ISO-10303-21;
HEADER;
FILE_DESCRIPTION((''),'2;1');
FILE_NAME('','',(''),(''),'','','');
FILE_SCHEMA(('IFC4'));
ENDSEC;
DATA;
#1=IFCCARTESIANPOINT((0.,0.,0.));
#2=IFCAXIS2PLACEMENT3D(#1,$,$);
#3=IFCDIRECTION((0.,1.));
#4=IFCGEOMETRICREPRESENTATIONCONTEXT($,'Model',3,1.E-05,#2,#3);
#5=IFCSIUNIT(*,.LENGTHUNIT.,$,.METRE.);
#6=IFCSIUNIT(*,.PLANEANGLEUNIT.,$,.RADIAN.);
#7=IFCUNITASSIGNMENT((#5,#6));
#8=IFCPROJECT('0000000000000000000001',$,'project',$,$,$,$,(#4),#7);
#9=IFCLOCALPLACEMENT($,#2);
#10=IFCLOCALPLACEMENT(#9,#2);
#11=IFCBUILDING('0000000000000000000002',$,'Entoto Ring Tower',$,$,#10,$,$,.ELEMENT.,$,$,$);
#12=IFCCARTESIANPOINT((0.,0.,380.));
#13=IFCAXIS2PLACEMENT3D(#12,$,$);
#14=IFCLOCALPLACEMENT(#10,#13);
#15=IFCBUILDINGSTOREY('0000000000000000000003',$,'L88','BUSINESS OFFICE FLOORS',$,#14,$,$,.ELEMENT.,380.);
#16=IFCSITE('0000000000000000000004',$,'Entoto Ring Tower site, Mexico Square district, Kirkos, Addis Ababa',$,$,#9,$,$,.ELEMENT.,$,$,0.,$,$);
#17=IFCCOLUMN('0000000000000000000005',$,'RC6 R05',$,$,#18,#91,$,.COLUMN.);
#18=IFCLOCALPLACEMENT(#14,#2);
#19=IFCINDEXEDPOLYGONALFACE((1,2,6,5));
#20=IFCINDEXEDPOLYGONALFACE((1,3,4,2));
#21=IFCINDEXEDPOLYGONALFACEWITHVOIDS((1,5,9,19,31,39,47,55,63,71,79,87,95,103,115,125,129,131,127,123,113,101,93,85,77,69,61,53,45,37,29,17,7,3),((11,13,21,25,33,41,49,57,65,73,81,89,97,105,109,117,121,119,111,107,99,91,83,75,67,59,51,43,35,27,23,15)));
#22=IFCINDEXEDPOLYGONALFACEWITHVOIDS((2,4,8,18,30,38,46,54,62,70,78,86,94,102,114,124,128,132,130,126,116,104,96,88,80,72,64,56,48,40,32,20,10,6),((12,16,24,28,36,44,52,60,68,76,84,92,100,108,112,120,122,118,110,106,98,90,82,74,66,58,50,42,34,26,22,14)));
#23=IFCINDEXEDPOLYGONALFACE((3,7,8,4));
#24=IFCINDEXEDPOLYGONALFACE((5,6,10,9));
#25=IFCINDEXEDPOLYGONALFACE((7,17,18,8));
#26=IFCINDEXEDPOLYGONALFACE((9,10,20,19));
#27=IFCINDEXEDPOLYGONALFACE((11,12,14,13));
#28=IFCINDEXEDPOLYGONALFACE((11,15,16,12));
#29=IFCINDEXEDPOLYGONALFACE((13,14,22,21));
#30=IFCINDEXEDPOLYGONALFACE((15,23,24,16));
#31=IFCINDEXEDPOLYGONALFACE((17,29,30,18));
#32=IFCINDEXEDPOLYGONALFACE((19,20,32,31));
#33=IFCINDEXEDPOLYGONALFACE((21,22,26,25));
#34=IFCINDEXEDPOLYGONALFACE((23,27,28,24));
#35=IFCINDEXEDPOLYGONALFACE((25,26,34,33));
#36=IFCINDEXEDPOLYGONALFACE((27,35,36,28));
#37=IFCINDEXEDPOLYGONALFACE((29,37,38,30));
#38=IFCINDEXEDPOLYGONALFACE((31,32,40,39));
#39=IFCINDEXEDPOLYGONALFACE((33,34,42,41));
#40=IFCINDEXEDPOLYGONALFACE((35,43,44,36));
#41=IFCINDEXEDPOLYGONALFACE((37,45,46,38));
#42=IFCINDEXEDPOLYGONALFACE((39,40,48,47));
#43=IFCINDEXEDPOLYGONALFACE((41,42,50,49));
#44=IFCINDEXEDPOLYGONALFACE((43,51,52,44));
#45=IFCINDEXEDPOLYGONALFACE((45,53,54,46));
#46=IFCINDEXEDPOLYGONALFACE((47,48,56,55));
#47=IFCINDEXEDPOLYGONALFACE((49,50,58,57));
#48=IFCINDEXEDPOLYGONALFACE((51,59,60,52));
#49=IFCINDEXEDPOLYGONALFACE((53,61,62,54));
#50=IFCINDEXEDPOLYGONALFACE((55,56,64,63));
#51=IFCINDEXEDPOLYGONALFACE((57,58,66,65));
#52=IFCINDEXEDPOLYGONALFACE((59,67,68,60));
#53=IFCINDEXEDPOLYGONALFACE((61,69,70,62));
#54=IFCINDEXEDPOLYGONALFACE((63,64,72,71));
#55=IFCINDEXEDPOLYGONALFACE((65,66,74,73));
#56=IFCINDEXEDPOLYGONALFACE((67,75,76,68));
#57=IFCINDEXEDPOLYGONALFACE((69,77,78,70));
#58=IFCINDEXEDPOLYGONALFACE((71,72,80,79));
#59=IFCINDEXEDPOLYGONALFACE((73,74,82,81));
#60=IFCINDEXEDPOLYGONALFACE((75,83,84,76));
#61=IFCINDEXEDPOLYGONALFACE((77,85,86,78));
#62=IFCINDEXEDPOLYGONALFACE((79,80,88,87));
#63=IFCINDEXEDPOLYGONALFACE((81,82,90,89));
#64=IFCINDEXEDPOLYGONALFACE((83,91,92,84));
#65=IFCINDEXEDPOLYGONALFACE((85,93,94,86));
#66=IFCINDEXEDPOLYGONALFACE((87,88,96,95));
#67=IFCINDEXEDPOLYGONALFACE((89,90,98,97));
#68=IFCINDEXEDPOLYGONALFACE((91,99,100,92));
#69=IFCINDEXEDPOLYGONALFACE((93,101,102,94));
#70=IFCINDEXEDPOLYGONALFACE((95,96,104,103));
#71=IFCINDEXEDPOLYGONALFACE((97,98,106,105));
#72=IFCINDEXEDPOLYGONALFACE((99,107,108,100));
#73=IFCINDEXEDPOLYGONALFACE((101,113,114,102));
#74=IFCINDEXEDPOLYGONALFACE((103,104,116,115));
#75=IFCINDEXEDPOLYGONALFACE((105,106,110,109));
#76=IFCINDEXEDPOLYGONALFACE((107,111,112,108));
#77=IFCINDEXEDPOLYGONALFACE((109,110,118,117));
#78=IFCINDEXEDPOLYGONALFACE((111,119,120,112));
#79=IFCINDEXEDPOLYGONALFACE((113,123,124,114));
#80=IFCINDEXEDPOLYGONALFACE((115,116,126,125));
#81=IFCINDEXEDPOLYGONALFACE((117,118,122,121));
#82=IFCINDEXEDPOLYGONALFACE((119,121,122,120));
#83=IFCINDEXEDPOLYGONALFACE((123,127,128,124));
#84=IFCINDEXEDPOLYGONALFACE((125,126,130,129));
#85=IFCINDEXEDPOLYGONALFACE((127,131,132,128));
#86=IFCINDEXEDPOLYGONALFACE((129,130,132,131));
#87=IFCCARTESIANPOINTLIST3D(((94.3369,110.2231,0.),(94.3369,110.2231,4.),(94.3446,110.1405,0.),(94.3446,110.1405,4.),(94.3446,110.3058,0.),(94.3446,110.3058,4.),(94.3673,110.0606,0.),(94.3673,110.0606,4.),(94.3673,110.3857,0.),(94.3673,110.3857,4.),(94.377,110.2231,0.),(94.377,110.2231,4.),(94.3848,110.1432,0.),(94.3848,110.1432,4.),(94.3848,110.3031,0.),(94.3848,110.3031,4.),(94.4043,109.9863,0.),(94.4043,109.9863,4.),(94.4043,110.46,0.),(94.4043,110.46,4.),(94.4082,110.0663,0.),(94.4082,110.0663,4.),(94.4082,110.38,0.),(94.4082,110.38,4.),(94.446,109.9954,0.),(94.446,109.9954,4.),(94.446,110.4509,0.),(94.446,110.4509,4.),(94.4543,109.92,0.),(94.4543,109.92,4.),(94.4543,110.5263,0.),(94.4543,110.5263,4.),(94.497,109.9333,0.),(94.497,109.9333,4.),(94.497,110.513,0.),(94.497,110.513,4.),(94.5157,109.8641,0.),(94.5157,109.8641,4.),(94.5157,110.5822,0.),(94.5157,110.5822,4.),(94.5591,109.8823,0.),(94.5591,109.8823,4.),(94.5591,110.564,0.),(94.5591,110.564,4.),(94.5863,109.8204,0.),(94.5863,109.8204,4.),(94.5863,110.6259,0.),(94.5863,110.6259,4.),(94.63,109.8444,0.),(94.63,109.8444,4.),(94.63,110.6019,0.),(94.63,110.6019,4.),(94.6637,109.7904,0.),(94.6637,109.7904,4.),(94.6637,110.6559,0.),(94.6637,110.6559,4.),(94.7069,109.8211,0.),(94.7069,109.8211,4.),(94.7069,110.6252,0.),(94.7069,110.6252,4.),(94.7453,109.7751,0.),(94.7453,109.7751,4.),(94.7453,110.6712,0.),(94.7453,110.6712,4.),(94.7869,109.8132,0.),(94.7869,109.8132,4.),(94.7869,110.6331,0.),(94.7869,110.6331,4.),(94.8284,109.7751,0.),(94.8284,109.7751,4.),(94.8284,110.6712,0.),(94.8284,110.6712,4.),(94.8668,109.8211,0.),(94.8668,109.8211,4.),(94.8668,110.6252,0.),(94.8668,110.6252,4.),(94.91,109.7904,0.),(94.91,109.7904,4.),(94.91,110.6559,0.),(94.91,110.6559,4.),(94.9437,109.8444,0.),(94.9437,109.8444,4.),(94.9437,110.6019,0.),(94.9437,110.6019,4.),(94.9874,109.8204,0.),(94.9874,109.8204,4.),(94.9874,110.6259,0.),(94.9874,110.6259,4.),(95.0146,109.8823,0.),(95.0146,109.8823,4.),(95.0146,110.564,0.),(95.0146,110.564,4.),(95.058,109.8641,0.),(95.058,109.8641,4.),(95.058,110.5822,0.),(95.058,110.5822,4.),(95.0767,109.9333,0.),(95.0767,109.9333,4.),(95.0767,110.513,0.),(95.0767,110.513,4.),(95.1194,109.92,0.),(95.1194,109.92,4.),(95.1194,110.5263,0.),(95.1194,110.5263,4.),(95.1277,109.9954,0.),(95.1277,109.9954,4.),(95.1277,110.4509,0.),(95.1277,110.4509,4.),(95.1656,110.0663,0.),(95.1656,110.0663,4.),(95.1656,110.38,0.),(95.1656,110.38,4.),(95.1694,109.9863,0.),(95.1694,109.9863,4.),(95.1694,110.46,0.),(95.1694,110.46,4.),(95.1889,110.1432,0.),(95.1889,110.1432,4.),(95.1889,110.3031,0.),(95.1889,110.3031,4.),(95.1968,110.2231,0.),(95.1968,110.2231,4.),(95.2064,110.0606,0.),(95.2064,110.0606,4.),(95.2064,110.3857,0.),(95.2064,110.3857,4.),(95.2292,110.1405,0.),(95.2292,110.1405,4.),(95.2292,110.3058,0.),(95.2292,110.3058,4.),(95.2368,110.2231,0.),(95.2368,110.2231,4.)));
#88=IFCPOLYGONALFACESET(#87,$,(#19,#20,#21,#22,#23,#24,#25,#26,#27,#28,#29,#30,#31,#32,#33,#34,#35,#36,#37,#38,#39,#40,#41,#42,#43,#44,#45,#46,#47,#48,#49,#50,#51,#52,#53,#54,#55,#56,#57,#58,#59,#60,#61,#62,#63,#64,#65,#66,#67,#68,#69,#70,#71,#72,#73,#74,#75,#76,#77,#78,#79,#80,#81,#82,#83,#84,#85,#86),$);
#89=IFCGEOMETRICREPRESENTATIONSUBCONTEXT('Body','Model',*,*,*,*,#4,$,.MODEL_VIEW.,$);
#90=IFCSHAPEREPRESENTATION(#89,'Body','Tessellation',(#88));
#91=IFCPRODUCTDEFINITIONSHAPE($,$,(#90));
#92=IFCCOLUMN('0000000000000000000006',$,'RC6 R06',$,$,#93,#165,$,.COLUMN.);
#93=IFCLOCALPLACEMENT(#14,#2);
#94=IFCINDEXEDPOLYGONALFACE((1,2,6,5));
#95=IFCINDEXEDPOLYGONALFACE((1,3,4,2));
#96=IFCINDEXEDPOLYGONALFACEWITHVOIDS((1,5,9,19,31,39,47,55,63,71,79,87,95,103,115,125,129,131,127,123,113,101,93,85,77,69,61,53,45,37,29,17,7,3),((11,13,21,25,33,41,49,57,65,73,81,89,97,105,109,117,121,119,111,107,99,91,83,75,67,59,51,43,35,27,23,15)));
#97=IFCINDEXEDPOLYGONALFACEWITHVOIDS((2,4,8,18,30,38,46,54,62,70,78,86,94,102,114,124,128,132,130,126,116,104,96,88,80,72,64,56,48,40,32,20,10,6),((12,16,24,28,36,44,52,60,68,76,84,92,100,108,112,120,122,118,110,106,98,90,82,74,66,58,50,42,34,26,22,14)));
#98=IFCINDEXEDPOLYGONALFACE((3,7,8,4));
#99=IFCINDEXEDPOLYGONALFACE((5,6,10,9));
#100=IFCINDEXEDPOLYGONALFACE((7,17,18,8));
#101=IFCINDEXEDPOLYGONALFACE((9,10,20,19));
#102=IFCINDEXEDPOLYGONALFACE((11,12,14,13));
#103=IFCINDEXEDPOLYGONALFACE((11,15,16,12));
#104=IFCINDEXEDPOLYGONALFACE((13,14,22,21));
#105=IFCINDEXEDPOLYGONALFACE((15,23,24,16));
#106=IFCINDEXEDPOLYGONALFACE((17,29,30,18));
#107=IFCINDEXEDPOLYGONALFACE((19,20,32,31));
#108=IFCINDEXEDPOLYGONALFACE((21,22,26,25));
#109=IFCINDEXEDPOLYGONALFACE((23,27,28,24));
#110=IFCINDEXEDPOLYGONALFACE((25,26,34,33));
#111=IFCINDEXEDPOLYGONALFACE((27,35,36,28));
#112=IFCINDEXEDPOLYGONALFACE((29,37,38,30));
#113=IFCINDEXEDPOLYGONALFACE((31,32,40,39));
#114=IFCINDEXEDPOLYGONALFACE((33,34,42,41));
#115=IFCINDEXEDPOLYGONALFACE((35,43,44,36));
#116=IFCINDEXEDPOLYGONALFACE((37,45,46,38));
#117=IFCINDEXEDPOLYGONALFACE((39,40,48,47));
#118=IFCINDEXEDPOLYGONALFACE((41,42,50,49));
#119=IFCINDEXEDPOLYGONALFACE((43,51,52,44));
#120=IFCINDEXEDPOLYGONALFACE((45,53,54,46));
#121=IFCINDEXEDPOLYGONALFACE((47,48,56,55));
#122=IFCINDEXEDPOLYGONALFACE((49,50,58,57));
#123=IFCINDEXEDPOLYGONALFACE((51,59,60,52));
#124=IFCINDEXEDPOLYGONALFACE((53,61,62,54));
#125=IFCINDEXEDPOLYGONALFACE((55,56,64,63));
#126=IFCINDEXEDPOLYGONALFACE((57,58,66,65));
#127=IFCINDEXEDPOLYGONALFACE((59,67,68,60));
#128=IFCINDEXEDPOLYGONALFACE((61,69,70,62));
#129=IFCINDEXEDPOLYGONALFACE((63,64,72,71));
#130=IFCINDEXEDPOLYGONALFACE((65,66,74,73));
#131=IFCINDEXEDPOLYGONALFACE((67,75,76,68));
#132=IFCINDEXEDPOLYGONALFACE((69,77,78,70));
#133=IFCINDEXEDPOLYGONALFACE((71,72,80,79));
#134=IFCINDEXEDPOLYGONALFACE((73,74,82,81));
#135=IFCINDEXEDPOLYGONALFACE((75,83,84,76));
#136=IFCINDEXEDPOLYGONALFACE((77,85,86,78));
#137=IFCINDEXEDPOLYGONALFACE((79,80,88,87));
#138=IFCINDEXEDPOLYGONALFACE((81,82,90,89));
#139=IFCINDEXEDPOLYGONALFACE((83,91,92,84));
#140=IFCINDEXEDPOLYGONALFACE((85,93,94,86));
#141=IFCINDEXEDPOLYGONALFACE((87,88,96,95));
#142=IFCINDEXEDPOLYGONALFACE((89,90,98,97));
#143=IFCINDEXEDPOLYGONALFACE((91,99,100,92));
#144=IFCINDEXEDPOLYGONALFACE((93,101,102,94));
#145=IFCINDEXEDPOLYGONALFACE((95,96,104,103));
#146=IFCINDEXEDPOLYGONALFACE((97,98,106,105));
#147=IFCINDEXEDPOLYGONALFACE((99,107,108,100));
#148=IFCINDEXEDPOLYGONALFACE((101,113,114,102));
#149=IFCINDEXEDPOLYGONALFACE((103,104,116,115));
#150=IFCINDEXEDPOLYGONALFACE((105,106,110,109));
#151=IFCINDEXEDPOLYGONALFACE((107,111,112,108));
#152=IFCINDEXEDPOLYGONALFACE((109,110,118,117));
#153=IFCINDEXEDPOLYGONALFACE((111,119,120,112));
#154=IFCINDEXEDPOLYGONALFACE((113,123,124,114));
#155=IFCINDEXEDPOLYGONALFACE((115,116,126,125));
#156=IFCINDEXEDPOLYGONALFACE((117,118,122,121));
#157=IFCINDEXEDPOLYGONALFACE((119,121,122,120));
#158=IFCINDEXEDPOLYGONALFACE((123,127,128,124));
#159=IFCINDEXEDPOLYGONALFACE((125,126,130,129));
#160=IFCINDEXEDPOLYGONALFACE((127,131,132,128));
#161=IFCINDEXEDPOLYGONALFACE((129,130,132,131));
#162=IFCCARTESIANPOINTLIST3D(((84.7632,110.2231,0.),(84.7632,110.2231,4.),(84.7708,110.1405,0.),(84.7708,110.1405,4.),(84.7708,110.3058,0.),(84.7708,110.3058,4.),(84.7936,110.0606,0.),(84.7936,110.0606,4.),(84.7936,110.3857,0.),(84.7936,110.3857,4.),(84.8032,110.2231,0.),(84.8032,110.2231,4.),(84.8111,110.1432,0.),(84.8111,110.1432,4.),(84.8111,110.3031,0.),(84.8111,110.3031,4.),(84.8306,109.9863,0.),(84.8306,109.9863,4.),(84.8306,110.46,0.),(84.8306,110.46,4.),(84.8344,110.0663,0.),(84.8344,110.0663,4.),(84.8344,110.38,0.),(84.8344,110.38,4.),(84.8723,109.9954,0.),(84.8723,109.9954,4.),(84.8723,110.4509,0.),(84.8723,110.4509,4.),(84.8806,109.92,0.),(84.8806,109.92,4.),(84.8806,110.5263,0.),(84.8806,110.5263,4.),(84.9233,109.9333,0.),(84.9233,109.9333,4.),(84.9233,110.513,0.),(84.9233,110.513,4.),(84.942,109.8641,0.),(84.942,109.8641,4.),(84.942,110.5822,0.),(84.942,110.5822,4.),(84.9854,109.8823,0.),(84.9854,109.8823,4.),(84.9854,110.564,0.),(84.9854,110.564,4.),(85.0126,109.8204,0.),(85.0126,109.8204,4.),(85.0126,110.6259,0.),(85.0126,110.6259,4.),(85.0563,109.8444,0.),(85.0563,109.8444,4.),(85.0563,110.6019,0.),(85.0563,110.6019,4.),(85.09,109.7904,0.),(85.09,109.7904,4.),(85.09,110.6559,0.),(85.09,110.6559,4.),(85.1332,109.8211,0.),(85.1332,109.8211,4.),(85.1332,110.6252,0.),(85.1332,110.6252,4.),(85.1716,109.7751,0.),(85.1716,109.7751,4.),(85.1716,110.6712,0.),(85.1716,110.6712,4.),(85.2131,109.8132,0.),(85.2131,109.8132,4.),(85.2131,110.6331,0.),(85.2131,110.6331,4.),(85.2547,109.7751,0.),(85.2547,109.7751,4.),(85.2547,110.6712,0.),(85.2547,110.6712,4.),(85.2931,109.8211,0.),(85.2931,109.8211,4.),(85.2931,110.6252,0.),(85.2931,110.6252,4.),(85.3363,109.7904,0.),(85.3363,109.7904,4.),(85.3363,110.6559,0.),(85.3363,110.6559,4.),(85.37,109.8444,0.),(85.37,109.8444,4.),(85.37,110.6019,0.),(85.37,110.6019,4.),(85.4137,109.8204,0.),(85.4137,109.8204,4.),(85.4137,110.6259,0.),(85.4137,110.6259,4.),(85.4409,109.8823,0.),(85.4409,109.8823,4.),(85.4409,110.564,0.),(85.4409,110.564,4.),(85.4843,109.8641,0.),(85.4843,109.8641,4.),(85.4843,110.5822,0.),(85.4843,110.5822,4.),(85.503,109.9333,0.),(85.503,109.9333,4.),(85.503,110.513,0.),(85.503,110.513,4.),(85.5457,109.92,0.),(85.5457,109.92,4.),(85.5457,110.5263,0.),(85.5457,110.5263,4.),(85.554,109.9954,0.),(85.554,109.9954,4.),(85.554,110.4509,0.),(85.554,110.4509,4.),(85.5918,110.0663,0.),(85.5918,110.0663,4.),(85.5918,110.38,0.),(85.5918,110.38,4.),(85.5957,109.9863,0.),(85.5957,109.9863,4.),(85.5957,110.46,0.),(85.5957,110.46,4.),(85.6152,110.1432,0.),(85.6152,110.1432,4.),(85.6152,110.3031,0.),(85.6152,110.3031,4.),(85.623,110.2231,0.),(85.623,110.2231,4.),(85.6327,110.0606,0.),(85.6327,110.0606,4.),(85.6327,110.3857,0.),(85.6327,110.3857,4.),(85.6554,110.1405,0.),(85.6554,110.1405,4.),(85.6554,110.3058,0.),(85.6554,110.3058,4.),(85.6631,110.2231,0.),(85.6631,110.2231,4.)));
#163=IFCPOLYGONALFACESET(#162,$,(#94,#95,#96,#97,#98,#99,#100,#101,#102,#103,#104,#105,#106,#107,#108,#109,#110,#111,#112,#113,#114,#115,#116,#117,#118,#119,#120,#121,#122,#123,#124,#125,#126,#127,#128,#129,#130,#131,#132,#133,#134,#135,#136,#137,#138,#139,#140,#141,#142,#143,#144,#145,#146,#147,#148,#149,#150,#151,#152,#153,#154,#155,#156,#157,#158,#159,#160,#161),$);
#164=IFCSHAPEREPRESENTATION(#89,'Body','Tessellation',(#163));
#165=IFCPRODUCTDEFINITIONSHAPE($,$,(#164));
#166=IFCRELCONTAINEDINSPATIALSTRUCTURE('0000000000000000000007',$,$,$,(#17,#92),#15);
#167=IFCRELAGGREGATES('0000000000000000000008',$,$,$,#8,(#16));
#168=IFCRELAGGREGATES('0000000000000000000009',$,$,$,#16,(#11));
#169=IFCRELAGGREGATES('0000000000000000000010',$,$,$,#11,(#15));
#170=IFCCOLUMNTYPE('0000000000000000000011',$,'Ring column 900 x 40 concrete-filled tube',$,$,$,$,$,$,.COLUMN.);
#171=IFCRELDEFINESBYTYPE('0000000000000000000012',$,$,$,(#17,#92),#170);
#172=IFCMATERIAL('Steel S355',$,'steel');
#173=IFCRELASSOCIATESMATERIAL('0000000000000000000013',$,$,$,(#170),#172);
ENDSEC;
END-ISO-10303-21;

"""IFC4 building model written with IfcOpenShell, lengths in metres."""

from ifc_helpers import new_model, si_unit, direction, frame, origin, origin_2d, place, context, subcontext, project, spatial, circle, hollow_circle, extrude, material, material_profile, profile_set, type_object, element, save


model = new_model("IFC4")

# Units and contexts
model_context = context("Model", 3, precision=1e-05, world=origin(), true_north=direction((0.0, 1.0)))
body_context = subcontext(model_context, "Body", "Model", "MODEL_VIEW")
ifc_project = project(units=[si_unit("LENGTHUNIT", "METRE"), si_unit("PLANEANGLEUNIT", "RADIAN")], contexts=[model_context])

# Site, building, storey
site_placement = place(None, origin())
site = spatial("IfcSite", under=ifc_project, at=site_placement, Name="Entoto Ring Tower site, Mexico Square district, Kirkos, Addis Ababa", CompositionType="ELEMENT", RefElevation=0.0)
building_placement = place(site_placement, origin())
building = spatial("IfcBuilding", under=site, at=building_placement, Name="Entoto Ring Tower", CompositionType="ELEMENT")
storey_placement = place(building_placement, frame((0.0, 0.0, 380.0)))
storey = spatial("IfcBuildingStorey", under=building, at=storey_placement, Name="L88", Description="BUSINESS OFFICE FLOORS", CompositionType="ELEMENT", Elevation=380.0)

# Columns
ifc_material_1 = material(Name="Steel S355", Category="steel")
ifc_material_profile_1 = material_profile(ifc_material_1, hollow_circle(Radius=0.45, WallThickness=0.04, at=origin_2d()), Name="CHS 900 x 40")
ifc_material_2 = material(Name="Concrete C60/75", Category="concrete")
ifc_material_profile_2 = material_profile(ifc_material_2, circle(Radius=0.4099, at=origin_2d()), Name="Concrete C60/75 infill")
ifc_profile_set_1 = profile_set([ifc_material_profile_1, ifc_material_profile_2], Name="Steel S355")
column_type = type_object("IfcColumnType", Name="Ring column 900 x 40 concrete-filled tube", PredefinedType="COLUMN", material=ifc_profile_set_1)
for number, where, z_axis, x_axis, name in (
    (1, (94.7869, 110.2231, 0.0), (0.0, 0.0, 1.0), (1.0, 0.0, 0.0), "RC6 R05"),
    (2, (85.2131, 110.2231, 0.0), (0.0, 0.0, 1.0), (1.0, 0.0, 0.0), "RC6 R06"),
):
    element("IfcColumn", number, at=place(storey_placement, frame(where, z_axis=z_axis, x_axis=x_axis)), inside=storey, type_object=column_type, Name=name, PredefinedType="COLUMN", context=body_context, shape_type="SweptSolid", body=[
        extrude(hollow_circle(Radius=0.45, WallThickness=0.04, at=origin_2d()), origin(), (0.0, 0.0, 1.0), 4.0),
    ])

save(model, "model.ifc")
